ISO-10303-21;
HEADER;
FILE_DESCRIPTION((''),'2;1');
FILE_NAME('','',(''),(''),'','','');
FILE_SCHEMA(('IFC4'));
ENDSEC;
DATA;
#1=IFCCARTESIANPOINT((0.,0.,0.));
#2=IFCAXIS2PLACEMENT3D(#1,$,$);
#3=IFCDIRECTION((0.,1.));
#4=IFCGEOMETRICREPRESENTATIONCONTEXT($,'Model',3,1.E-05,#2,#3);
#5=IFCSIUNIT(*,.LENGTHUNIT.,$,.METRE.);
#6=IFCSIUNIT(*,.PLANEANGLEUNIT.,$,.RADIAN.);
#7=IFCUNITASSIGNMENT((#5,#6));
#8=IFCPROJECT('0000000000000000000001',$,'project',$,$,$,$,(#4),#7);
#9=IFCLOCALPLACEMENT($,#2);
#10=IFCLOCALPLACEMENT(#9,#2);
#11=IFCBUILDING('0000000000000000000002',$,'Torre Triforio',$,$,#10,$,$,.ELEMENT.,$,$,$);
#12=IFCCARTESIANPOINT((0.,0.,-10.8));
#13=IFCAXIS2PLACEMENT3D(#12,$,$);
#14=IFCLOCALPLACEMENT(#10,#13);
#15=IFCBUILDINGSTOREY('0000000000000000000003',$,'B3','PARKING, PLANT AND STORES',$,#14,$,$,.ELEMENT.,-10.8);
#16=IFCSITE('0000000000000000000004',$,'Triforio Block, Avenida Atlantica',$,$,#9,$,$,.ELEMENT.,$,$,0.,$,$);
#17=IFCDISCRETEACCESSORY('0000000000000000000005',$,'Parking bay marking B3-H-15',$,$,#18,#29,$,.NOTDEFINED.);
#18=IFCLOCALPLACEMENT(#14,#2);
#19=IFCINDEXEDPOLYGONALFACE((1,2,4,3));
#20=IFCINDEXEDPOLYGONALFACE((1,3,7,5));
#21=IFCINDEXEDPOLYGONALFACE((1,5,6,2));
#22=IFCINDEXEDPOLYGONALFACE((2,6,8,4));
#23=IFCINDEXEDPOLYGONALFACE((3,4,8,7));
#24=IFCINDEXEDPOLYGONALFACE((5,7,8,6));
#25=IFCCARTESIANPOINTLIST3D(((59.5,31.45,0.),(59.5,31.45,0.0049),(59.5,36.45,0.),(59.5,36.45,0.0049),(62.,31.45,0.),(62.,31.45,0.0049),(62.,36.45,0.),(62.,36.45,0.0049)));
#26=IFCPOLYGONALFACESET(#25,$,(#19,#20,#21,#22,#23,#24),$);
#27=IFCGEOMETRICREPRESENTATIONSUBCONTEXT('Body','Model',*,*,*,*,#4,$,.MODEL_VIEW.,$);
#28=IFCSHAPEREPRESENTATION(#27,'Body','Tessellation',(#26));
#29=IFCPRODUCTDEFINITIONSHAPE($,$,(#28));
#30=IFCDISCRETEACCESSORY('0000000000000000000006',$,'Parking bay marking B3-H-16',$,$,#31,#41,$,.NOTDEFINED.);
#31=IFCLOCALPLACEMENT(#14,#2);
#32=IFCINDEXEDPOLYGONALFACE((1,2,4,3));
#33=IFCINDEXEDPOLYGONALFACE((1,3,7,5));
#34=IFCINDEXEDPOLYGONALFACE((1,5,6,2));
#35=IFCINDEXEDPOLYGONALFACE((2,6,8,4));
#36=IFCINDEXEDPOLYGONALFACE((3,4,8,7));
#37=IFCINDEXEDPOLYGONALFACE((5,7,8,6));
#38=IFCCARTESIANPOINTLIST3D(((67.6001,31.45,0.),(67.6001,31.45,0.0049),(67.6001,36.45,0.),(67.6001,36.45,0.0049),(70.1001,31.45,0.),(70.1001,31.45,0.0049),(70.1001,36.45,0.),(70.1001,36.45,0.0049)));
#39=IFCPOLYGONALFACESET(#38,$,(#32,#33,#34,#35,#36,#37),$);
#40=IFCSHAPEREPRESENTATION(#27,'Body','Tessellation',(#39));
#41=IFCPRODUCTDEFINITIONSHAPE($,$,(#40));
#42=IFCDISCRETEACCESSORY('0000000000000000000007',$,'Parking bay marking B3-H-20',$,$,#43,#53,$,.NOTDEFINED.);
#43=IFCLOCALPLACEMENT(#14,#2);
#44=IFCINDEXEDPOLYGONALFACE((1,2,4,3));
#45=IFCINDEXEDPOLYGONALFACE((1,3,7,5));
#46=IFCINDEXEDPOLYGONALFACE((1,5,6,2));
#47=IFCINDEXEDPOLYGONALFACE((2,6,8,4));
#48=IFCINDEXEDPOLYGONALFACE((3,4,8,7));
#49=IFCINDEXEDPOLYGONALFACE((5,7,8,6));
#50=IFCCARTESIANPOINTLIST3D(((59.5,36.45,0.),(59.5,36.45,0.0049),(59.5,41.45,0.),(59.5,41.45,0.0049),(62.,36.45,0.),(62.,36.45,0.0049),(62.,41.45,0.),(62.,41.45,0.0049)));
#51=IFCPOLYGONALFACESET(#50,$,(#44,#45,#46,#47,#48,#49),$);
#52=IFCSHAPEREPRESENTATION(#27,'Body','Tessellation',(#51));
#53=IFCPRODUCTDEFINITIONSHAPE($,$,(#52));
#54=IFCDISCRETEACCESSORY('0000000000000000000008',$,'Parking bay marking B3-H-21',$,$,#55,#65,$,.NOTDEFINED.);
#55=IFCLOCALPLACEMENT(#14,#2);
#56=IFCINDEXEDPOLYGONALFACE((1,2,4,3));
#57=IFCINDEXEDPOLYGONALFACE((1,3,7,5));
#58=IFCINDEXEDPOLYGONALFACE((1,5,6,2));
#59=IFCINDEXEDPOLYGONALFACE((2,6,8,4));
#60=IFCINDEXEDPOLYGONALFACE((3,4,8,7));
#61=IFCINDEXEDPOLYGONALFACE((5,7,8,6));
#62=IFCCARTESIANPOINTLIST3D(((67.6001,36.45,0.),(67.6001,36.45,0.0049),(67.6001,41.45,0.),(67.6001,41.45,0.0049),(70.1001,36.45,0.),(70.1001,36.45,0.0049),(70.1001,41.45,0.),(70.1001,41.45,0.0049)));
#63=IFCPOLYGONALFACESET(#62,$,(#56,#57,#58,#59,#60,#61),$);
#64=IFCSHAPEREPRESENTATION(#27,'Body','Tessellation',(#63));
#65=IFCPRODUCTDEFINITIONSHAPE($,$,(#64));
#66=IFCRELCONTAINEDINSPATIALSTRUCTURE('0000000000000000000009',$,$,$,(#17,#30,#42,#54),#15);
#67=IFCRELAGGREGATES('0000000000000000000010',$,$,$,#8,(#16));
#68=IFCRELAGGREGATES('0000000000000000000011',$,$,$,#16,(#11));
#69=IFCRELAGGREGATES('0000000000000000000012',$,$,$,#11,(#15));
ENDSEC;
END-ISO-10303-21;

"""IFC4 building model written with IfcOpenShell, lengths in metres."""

from ifc_helpers import new_model, si_unit, direction, frame, origin, origin_2d, place, context, subcontext, project, spatial, rectangle, extrude, element, save


model = new_model("IFC4")

# Units and contexts
model_context = context("Model", 3, precision=1e-05, world=origin(), true_north=direction((0.0, 1.0)))
body_context = subcontext(model_context, "Body", "Model", "MODEL_VIEW")
ifc_project = project(units=[si_unit("LENGTHUNIT", "METRE"), si_unit("PLANEANGLEUNIT", "RADIAN")], contexts=[model_context])

# Site, building, storey
site_placement = place(None, origin())
site = spatial("IfcSite", under=ifc_project, at=site_placement, Name="Triforio Block, Avenida Atlantica", CompositionType="ELEMENT", RefElevation=0.0)
building_placement = place(site_placement, origin())
building = spatial("IfcBuilding", under=site, at=building_placement, Name="Torre Triforio", CompositionType="ELEMENT")
storey_placement = place(building_placement, frame((0.0, 0.0, -10.8)))
storey = spatial("IfcBuildingStorey", under=building, at=storey_placement, Name="B3", Description="PARKING, PLANT AND STORES", CompositionType="ELEMENT", Elevation=-10.8)

# Discrete accessories
for number, where, z_axis, x_axis, name in (
    (1, (60.75, 33.95, 0.0), (0.0, 0.0, 1.0), (1.0, 0.0, 0.0), "Parking bay marking B3-H-15"),
    (2, (68.8501, 33.95, 0.0), (0.0, 0.0, 1.0), (1.0, 0.0, 0.0), "Parking bay marking B3-H-16"),
    (3, (60.75, 38.95, 0.0), (0.0, 0.0, 1.0), (1.0, 0.0, 0.0), "Parking bay marking B3-H-20"),
    (4, (68.8501, 38.95, 0.0), (0.0, 0.0, 1.0), (1.0, 0.0, 0.0), "Parking bay marking B3-H-21"),
):
    element("IfcDiscreteAccessory", number, at=place(storey_placement, frame(where, z_axis=z_axis, x_axis=x_axis)), inside=storey, Name=name, PredefinedType="NOTDEFINED", context=body_context, shape_type="SweptSolid", body=[
        extrude(rectangle(XDim=2.5, YDim=5.0, at=origin_2d()), origin(), (0.0, 0.0, 1.0), 0.0049),
    ])

save(model, "model.ifc")
